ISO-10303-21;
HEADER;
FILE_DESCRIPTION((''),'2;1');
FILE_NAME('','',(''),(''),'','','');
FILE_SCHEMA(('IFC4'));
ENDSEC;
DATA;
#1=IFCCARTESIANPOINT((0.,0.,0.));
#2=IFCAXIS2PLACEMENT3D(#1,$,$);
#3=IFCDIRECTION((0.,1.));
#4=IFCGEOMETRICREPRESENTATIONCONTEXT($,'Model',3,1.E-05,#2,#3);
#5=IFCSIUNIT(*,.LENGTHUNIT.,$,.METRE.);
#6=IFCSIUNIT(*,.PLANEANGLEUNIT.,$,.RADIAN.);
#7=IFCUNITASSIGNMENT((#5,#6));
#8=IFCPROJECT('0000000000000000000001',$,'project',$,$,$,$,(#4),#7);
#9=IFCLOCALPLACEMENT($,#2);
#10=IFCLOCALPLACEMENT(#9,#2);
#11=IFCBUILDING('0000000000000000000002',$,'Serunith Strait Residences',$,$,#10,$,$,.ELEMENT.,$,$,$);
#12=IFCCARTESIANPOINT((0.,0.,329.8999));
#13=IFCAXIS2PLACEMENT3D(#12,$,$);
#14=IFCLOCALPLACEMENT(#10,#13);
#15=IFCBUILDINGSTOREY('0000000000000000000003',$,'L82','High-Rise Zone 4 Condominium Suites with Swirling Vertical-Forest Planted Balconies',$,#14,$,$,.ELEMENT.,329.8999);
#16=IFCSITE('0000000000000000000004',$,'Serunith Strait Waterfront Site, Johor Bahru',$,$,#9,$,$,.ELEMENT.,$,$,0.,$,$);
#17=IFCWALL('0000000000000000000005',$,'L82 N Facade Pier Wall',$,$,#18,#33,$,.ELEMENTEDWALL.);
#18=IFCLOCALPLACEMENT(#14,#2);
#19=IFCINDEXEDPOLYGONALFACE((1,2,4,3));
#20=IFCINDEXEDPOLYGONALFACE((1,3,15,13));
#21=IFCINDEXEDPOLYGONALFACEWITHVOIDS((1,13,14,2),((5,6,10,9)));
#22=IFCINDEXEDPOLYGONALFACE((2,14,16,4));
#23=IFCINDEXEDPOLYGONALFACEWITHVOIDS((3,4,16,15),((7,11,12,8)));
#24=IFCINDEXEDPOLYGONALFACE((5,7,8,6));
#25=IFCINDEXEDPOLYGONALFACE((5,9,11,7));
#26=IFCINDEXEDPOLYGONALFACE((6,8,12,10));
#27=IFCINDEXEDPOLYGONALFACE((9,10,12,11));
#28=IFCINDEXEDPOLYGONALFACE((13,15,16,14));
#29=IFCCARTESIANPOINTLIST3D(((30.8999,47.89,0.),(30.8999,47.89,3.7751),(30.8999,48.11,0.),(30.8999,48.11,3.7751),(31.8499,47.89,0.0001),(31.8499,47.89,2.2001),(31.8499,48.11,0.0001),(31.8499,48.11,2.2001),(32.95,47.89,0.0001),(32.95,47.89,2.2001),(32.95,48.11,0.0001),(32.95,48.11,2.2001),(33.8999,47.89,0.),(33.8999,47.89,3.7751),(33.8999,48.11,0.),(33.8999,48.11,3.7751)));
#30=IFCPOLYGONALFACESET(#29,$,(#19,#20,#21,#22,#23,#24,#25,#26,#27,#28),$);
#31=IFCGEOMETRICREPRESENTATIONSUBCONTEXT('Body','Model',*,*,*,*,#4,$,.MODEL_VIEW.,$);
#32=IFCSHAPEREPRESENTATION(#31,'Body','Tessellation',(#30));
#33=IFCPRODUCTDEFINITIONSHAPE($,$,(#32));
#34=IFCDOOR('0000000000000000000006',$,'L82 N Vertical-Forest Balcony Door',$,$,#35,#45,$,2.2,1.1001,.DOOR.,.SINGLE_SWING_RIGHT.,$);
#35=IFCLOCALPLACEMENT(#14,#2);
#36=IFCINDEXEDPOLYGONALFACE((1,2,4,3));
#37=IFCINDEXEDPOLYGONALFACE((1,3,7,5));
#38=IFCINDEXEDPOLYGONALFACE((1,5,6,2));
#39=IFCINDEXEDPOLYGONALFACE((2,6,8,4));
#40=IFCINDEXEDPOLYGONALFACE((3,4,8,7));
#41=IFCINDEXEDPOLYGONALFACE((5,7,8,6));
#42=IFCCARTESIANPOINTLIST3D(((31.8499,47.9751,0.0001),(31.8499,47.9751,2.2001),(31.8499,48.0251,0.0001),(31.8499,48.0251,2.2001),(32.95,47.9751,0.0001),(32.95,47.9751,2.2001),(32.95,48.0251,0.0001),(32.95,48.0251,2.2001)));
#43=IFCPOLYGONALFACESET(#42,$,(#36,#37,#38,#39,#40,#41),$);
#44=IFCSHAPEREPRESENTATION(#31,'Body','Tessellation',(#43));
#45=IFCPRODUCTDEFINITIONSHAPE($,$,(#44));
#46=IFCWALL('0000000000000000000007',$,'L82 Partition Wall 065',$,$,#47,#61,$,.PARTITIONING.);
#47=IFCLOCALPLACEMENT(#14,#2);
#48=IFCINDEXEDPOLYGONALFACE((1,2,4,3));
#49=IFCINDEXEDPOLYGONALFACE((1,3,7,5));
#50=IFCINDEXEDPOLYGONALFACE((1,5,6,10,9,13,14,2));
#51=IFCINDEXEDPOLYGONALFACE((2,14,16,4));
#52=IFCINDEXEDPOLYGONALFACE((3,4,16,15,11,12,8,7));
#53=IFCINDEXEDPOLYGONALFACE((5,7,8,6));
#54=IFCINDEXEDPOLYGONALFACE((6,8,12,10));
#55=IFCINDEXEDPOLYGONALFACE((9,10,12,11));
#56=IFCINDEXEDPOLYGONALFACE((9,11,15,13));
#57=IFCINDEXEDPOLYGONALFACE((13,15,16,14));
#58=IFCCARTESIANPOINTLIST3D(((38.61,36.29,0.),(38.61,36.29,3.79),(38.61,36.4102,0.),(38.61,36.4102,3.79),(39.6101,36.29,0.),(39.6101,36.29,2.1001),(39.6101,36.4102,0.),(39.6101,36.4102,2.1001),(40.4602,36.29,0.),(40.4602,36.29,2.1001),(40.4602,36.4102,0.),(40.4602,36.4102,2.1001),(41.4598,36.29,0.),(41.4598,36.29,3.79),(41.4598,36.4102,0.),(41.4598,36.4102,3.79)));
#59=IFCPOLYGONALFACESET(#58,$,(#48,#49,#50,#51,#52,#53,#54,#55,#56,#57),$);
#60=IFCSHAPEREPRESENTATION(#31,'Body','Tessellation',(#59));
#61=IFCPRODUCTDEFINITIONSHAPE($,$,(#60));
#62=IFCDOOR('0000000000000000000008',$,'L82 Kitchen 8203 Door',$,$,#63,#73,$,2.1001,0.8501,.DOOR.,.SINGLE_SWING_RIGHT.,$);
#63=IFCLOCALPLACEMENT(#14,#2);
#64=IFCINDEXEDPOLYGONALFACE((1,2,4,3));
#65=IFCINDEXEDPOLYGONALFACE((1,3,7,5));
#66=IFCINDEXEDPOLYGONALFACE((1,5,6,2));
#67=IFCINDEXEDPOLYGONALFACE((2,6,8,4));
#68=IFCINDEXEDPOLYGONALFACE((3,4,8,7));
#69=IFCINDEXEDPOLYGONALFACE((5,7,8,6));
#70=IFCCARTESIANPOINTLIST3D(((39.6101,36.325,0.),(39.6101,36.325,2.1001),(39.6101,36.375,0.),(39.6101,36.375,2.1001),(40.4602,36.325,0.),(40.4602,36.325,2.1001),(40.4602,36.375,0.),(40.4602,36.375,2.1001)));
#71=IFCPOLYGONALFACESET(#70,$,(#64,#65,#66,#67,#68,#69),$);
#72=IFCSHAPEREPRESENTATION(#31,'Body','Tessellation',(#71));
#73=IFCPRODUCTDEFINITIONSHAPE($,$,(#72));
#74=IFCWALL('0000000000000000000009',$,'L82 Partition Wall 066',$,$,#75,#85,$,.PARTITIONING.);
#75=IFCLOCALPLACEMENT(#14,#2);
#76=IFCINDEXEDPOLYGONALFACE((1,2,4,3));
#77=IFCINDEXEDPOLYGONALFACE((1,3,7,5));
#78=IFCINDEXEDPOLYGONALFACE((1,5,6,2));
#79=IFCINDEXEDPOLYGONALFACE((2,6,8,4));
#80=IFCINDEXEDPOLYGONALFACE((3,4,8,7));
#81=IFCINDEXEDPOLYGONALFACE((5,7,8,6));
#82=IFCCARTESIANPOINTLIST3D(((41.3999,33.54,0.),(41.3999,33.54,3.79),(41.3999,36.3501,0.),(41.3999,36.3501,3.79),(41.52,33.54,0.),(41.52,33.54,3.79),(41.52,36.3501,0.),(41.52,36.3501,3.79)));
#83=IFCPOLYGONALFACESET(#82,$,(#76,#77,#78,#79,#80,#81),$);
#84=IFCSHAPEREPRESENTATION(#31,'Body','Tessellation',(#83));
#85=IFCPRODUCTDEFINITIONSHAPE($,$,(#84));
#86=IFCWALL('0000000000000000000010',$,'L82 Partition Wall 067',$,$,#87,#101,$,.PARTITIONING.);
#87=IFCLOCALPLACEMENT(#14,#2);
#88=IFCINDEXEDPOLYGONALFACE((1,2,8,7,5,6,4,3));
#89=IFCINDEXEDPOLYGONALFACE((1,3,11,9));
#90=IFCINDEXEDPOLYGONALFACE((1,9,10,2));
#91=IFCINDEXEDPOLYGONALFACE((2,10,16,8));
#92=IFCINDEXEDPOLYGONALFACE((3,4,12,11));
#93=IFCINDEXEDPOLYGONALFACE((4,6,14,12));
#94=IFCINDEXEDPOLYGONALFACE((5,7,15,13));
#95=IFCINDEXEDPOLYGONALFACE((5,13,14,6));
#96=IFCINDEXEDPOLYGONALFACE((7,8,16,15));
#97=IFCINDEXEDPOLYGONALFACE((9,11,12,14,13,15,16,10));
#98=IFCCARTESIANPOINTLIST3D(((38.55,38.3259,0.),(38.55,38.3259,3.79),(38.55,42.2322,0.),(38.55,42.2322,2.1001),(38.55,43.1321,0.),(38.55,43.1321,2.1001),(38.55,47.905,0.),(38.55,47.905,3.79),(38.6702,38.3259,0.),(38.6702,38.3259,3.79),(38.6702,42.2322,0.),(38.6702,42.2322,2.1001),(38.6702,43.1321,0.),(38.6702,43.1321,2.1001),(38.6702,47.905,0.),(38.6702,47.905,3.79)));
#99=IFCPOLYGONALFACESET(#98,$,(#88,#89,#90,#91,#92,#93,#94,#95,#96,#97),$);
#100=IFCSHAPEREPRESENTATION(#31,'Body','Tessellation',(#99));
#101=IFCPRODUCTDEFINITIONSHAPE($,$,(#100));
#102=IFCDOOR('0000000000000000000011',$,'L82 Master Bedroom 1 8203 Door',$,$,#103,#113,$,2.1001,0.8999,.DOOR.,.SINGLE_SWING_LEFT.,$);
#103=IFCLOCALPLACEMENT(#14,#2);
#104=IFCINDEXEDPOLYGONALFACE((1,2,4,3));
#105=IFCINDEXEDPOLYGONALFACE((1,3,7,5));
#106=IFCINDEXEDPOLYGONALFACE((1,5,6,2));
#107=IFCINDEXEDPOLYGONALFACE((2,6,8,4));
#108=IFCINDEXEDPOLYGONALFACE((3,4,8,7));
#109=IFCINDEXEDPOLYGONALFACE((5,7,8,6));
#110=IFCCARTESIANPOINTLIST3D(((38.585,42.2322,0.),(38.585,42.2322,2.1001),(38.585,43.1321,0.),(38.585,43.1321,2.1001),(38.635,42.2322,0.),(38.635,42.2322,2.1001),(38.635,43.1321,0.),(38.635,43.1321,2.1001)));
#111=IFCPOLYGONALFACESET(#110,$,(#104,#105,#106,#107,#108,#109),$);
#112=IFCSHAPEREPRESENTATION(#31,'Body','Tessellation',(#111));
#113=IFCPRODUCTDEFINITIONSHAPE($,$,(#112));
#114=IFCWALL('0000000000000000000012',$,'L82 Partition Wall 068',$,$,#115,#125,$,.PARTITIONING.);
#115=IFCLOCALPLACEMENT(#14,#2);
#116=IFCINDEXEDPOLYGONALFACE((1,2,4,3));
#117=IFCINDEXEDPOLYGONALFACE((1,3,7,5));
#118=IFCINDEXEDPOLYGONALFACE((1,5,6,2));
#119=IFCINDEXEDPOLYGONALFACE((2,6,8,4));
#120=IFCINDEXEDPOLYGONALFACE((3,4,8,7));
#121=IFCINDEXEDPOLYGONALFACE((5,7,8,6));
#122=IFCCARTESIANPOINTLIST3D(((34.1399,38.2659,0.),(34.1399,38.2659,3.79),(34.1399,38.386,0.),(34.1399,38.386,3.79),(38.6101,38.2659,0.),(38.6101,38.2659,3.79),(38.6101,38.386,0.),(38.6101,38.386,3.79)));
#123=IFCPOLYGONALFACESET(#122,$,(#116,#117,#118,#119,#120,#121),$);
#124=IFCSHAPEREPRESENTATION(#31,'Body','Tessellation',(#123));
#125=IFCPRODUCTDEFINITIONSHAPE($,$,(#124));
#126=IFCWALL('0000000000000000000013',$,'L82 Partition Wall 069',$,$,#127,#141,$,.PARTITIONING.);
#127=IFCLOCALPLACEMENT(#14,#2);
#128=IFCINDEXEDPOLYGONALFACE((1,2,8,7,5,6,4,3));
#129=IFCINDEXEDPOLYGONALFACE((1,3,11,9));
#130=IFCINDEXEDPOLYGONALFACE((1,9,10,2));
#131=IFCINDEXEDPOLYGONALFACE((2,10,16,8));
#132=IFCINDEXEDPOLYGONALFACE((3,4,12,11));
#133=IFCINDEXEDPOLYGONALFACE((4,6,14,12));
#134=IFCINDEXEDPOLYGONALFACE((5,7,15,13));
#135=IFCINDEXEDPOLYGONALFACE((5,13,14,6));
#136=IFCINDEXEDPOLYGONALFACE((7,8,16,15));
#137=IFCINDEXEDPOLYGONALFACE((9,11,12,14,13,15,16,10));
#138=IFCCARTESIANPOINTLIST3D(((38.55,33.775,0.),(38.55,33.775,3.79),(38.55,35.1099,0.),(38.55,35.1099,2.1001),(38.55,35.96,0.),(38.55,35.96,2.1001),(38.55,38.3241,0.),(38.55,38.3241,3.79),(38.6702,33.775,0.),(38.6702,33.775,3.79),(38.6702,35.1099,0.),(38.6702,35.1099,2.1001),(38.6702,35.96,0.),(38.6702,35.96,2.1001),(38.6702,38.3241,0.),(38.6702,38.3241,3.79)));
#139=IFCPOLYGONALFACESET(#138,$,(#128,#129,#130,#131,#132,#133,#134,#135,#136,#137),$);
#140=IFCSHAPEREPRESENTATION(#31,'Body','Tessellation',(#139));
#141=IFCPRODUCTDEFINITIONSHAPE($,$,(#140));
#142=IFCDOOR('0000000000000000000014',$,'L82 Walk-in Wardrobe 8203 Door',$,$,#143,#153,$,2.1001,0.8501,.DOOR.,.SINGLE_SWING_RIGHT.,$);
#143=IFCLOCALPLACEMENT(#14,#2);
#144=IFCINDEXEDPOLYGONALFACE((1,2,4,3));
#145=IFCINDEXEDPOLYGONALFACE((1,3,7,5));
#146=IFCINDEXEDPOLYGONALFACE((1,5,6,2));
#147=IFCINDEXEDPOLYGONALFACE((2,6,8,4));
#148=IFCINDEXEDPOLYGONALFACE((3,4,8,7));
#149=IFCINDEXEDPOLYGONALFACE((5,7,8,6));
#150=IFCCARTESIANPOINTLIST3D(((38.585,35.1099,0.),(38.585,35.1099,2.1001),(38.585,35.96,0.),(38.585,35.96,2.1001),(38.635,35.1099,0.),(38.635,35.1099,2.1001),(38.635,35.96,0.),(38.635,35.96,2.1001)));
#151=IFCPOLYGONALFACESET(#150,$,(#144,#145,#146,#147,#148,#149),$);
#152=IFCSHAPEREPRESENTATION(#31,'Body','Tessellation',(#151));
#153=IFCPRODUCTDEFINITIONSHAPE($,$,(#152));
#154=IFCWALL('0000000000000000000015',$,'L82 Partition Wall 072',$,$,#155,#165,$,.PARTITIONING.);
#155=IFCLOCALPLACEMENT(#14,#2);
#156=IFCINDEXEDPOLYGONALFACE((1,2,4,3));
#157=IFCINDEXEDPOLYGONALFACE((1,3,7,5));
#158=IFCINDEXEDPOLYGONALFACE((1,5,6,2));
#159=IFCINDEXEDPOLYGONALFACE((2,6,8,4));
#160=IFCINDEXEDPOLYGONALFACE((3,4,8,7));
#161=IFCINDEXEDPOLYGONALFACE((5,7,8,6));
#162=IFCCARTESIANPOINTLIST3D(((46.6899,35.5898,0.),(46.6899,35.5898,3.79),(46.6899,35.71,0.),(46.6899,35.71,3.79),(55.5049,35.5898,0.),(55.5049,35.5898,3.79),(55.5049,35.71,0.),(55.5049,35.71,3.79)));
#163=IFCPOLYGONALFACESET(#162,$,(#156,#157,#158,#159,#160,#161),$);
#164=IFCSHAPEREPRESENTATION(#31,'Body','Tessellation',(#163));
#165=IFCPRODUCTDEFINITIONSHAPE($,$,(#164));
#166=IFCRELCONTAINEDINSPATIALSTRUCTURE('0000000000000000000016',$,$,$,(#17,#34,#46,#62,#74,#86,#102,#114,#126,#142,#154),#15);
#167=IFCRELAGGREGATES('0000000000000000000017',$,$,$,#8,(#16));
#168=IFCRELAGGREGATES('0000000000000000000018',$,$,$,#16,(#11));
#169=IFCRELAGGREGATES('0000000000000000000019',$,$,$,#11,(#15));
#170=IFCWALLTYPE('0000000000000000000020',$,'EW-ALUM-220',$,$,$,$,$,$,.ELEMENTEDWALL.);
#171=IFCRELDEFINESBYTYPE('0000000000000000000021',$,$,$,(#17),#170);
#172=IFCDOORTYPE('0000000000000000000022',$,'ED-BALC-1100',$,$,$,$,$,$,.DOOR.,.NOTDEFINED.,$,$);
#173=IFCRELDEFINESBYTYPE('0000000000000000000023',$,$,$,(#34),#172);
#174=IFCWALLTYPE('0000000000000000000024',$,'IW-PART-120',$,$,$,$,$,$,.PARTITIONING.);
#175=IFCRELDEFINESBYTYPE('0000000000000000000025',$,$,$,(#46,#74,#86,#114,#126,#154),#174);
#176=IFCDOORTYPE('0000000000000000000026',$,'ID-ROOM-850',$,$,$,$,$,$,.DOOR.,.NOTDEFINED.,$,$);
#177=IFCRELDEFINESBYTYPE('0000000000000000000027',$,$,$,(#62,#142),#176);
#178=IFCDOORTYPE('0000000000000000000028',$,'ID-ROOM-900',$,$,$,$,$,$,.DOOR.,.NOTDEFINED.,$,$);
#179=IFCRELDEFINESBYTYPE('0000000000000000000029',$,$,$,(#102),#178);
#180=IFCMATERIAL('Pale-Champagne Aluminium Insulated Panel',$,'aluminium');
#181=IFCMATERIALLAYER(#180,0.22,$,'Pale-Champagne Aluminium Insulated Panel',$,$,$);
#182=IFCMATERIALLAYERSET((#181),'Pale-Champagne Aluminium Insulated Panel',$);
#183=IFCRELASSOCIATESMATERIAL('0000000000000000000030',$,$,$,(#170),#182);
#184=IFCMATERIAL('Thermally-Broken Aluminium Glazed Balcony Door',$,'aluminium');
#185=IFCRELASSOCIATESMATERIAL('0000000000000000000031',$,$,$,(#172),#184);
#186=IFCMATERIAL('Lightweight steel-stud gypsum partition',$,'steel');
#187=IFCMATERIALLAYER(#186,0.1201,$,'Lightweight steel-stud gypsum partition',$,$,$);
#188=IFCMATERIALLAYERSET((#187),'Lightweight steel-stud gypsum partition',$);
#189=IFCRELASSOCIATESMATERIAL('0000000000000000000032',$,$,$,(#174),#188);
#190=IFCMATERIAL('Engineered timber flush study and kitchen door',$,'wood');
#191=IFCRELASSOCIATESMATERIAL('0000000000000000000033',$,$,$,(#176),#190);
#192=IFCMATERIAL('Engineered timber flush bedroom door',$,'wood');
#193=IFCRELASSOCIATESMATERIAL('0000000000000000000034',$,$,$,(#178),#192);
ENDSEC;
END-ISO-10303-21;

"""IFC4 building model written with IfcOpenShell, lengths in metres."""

from ifc_helpers import new_model, si_unit, direction, frame, frame_2d, origin, place, context, subcontext, project, spatial, rectangle, extrude, source, transform, mapped, material, layer, layer_set, type_object, element, fill, save


model = new_model("IFC4")

# Units and contexts
model_context = context("Model", 3, precision=1e-05, world=origin(), true_north=direction((0.0, 1.0)))
body_context = subcontext(model_context, "Body", "Model", "MODEL_VIEW")
ifc_project = project(units=[si_unit("LENGTHUNIT", "METRE"), si_unit("PLANEANGLEUNIT", "RADIAN")], contexts=[model_context])

# Site, building, storey
site_placement = place(None, origin())
site = spatial("IfcSite", under=ifc_project, at=site_placement, Name="Serunith Strait Waterfront Site, Johor Bahru", CompositionType="ELEMENT", RefElevation=0.0)
building_placement = place(site_placement, origin())
building = spatial("IfcBuilding", under=site, at=building_placement, Name="Serunith Strait Residences", CompositionType="ELEMENT")
storey_placement = place(building_placement, frame((0.0, 0.0, 329.8999)))
storey = spatial("IfcBuildingStorey", under=building, at=storey_placement, Name="L82", Description="High-Rise Zone 4 Condominium Suites with Swirling Vertical-Forest Planted Balconies", CompositionType="ELEMENT", Elevation=329.8999)

# Walls, openings, doors
ifc_material_1 = material(Name="Pale-Champagne Aluminium Insulated Panel", Category="aluminium")
ifc_layer_1 = layer(ifc_material_1, 0.22, Name="Pale-Champagne Aluminium Insulated Panel")
ifc_layer_set_1 = layer_set([ifc_layer_1], Name="Pale-Champagne Aluminium Insulated Panel")
wall_type_1 = type_object("IfcWallType", Name="EW-ALUM-220", PredefinedType="ELEMENTEDWALL", material=ifc_layer_set_1)
wall_1_placement = place(storey_placement, frame((33.8999, 48.0, 0.0), z_axis=(0.0, 0.0, 1.0), x_axis=(-1.0, 0.0, 0.0)))
wall_1 = element("IfcWall", 1, at=wall_1_placement, inside=storey, type_object=wall_type_1, Name="L82 N Facade Pier Wall", PredefinedType="ELEMENTEDWALL", context=body_context, shape_type="SweptSolid", body=[
    extrude(rectangle(XDim=3.0, YDim=0.22, at=frame_2d((1.5, 0.0))), origin(), (0.0, 0.0, 1.0), 3.7751),
])
opening_1_placement = place(wall_1_placement, frame((0.95, 0.0, 0.0)))
opening_1 = element("IfcOpeningElement", 2, at=opening_1_placement, cuts=wall_1, PredefinedType="OPENING", context=body_context, shape_type="SweptSolid", body=[
    extrude(rectangle(XDim=1.1001, YDim=2.2, at=frame_2d((0.55, 1.1001))), frame((0.0, 0.1201, 0.0), z_axis=(0.0, -1.0, 0.0), x_axis=(1.0, 0.0, 0.0)), (0.0, 0.0, 1.0), 0.24),
])
ifc_material_2 = material(Name="Thermally-Broken Aluminium Glazed Balcony Door", Category="aluminium")
door_type_1 = type_object("IfcDoorType", Name="ED-BALC-1100", OperationType="NOTDEFINED", PredefinedType="DOOR", material=ifc_material_2)
shared_shape_1 = source(origin(), body_context, "Body", "SweptSolid", [
    extrude(rectangle(XDim=1.1001, YDim=2.2, at=frame_2d((0.55, 1.1001))), frame((0.0, 0.0249, 0.0), z_axis=(0.0, -1.0, 0.0), x_axis=(1.0, 0.0, 0.0)), (0.0, 0.0, 1.0), 0.05),
])
door_1_placement = place(opening_1_placement, origin())
door_1 = element("IfcDoor", 3, at=door_1_placement, inside=storey, type_object=door_type_1, Name="L82 N Vertical-Forest Balcony Door", OperationType="SINGLE_SWING_RIGHT", OverallHeight=2.2, OverallWidth=1.1001, PredefinedType="DOOR", context=body_context, shape_type="MappedRepresentation", body=[
    mapped(shared_shape_1, transform((0.0, 0.0, 0.0), scale=1.0)),
])
fill(opening_1, door_1)
ifc_material_3 = material(Name="Lightweight steel-stud gypsum partition", Category="steel")
ifc_layer_2 = layer(ifc_material_3, 0.1201, Name="Lightweight steel-stud gypsum partition")
ifc_layer_set_2 = layer_set([ifc_layer_2], Name="Lightweight steel-stud gypsum partition")
wall_type_2 = type_object("IfcWallType", Name="IW-PART-120", PredefinedType="PARTITIONING", material=ifc_layer_set_2)
wall_2_placement = place(storey_placement, frame((38.6101, 36.3501, 0.0), z_axis=(0.0, 0.0, 1.0), x_axis=(1.0, 0.0, 0.0)))
wall_2 = element("IfcWall", 4, at=wall_2_placement, inside=storey, type_object=wall_type_2, Name="L82 Partition Wall 065", PredefinedType="PARTITIONING", context=body_context, shape_type="SweptSolid", body=[
    extrude(rectangle(XDim=2.8499, YDim=0.1201, at=frame_2d((1.4248, 0.0))), origin(), (0.0, 0.0, 1.0), 3.79),
])
opening_2_placement = place(wall_2_placement, frame((1.0, 0.0, 0.0)))
opening_2 = element("IfcOpeningElement", 5, at=opening_2_placement, cuts=wall_2, PredefinedType="OPENING", context=body_context, shape_type="SweptSolid", body=[
    extrude(rectangle(XDim=0.8501, YDim=2.1001, at=frame_2d((0.425, 1.05))), frame((0.0, 0.0701, 0.0), z_axis=(0.0, -1.0, 0.0), x_axis=(1.0, 0.0, 0.0)), (0.0, 0.0, 1.0), 0.1401),
])
ifc_material_4 = material(Name="Engineered timber flush study and kitchen door", Category="wood")
door_type_2 = type_object("IfcDoorType", Name="ID-ROOM-850", OperationType="NOTDEFINED", PredefinedType="DOOR", material=ifc_material_4)
shared_shape_2 = source(origin(), body_context, "Body", "SweptSolid", [
    extrude(rectangle(XDim=0.8501, YDim=2.1001, at=frame_2d((0.425, 1.05))), frame((0.0, 0.0249, 0.0), z_axis=(0.0, -1.0, 0.0), x_axis=(1.0, 0.0, 0.0)), (0.0, 0.0, 1.0), 0.05),
])
door_2_placement = place(opening_2_placement, origin())
door_2 = element("IfcDoor", 6, at=door_2_placement, inside=storey, type_object=door_type_2, Name="L82 Kitchen 8203 Door", OperationType="SINGLE_SWING_RIGHT", OverallHeight=2.1001, OverallWidth=0.8501, PredefinedType="DOOR", context=body_context, shape_type="MappedRepresentation", body=[
    mapped(shared_shape_2, transform((0.0, 0.0, 0.0), scale=1.0)),
])
fill(opening_2, door_2)

# Wall
wall_3_placement = place(storey_placement, frame((41.46, 36.3501, 0.0), z_axis=(0.0, 0.0, 1.0), x_axis=(0.0, -1.0, 0.0)))
element("IfcWall", 7, at=wall_3_placement, inside=storey, type_object=wall_type_2, Name="L82 Partition Wall 066", PredefinedType="PARTITIONING", context=body_context, shape_type="SweptSolid", body=[
    extrude(rectangle(XDim=2.8101, YDim=0.1201, at=frame_2d((1.405, 0.0))), origin(), (0.0, 0.0, 1.0), 3.79),
])

# Wall, opening, door
wall_4_placement = place(storey_placement, frame((38.6101, 47.905, 0.0), z_axis=(0.0, 0.0, 1.0), x_axis=(0.0, -1.0, 0.0)))
wall_4 = element("IfcWall", 8, at=wall_4_placement, inside=storey, type_object=wall_type_2, Name="L82 Partition Wall 067", PredefinedType="PARTITIONING", context=body_context, shape_type="SweptSolid", body=[
    extrude(rectangle(XDim=9.5791, YDim=0.1201, at=frame_2d((4.7896, 0.0))), origin(), (0.0, 0.0, 1.0), 3.79),
])
opening_3_placement = place(wall_4_placement, frame((4.7729, 0.0, 0.0)))
opening_3 = element("IfcOpeningElement", 9, at=opening_3_placement, cuts=wall_4, PredefinedType="OPENING", context=body_context, shape_type="SweptSolid", body=[
    extrude(rectangle(XDim=0.8999, YDim=2.1001, at=frame_2d((0.45, 1.05))), frame((0.0, 0.0701, 0.0), z_axis=(0.0, -1.0, 0.0), x_axis=(1.0, 0.0, 0.0)), (0.0, 0.0, 1.0), 0.1401),
])
ifc_material_5 = material(Name="Engineered timber flush bedroom door", Category="wood")
door_type_3 = type_object("IfcDoorType", Name="ID-ROOM-900", OperationType="NOTDEFINED", PredefinedType="DOOR", material=ifc_material_5)
shared_shape_3 = source(origin(), body_context, "Body", "SweptSolid", [
    extrude(rectangle(XDim=0.8999, YDim=2.1001, at=frame_2d((0.45, 1.05))), frame((0.0, 0.0249, 0.0), z_axis=(0.0, -1.0, 0.0), x_axis=(1.0, 0.0, 0.0)), (0.0, 0.0, 1.0), 0.05),
])
door_3_placement = place(opening_3_placement, origin())
door_3 = element("IfcDoor", 10, at=door_3_placement, inside=storey, type_object=door_type_3, Name="L82 Master Bedroom 1 8203 Door", OperationType="SINGLE_SWING_LEFT", OverallHeight=2.1001, OverallWidth=0.8999, PredefinedType="DOOR", context=body_context, shape_type="MappedRepresentation", body=[
    mapped(shared_shape_3, transform((0.0, 0.0, 0.0), scale=1.0)),
])
fill(opening_3, door_3)

# Wall
wall_5_placement = place(storey_placement, frame((34.1399, 38.3259, 0.0), z_axis=(0.0, 0.0, 1.0), x_axis=(1.0, 0.0, 0.0)))
element("IfcWall", 11, at=wall_5_placement, inside=storey, type_object=wall_type_2, Name="L82 Partition Wall 068", PredefinedType="PARTITIONING", context=body_context, shape_type="SweptSolid", body=[
    extrude(rectangle(XDim=4.4702, YDim=0.1201, at=frame_2d((2.2351, 0.0))), origin(), (0.0, 0.0, 1.0), 3.79),
])

# Wall, opening, door
wall_6_placement = place(storey_placement, frame((38.6101, 38.324, 0.0), z_axis=(0.0, 0.0, 1.0), x_axis=(0.0, -1.0, 0.0)))
wall_6 = element("IfcWall", 12, at=wall_6_placement, inside=storey, type_object=wall_type_2, Name="L82 Partition Wall 069", PredefinedType="PARTITIONING", context=body_context, shape_type="SweptSolid", body=[
    extrude(rectangle(XDim=4.5491, YDim=0.1201, at=frame_2d((2.2744, 0.0))), origin(), (0.0, 0.0, 1.0), 3.79),
])
opening_4_placement = place(wall_6_placement, frame((2.364, 0.0, 0.0)))
opening_4 = element("IfcOpeningElement", 13, at=opening_4_placement, cuts=wall_6, PredefinedType="OPENING", context=body_context, shape_type="SweptSolid", body=[
    extrude(rectangle(XDim=0.8501, YDim=2.1001, at=frame_2d((0.425, 1.05))), frame((0.0, 0.0701, 0.0), z_axis=(0.0, -1.0, 0.0), x_axis=(1.0, 0.0, 0.0)), (0.0, 0.0, 1.0), 0.1401),
])
door_4_placement = place(opening_4_placement, origin())
door_4 = element("IfcDoor", 14, at=door_4_placement, inside=storey, type_object=door_type_2, Name="L82 Walk-in Wardrobe 8203 Door", OperationType="SINGLE_SWING_RIGHT", OverallHeight=2.1001, OverallWidth=0.8501, PredefinedType="DOOR", context=body_context, shape_type="MappedRepresentation", body=[
    mapped(shared_shape_2, transform((0.0, 0.0, 0.0), scale=1.0)),
])
fill(opening_4, door_4)

# Wall
wall_7_placement = place(storey_placement, frame((46.6899, 35.6499, 0.0), z_axis=(0.0, 0.0, 1.0), x_axis=(1.0, 0.0, 0.0)))
element("IfcWall", 15, at=wall_7_placement, inside=storey, type_object=wall_type_2, Name="L82 Partition Wall 072", PredefinedType="PARTITIONING", context=body_context, shape_type="SweptSolid", body=[
    extrude(rectangle(XDim=8.8149, YDim=0.1201, at=frame_2d((4.4075, 0.0))), origin(), (0.0, 0.0, 1.0), 3.79),
])

save(model, "model.ifc")
